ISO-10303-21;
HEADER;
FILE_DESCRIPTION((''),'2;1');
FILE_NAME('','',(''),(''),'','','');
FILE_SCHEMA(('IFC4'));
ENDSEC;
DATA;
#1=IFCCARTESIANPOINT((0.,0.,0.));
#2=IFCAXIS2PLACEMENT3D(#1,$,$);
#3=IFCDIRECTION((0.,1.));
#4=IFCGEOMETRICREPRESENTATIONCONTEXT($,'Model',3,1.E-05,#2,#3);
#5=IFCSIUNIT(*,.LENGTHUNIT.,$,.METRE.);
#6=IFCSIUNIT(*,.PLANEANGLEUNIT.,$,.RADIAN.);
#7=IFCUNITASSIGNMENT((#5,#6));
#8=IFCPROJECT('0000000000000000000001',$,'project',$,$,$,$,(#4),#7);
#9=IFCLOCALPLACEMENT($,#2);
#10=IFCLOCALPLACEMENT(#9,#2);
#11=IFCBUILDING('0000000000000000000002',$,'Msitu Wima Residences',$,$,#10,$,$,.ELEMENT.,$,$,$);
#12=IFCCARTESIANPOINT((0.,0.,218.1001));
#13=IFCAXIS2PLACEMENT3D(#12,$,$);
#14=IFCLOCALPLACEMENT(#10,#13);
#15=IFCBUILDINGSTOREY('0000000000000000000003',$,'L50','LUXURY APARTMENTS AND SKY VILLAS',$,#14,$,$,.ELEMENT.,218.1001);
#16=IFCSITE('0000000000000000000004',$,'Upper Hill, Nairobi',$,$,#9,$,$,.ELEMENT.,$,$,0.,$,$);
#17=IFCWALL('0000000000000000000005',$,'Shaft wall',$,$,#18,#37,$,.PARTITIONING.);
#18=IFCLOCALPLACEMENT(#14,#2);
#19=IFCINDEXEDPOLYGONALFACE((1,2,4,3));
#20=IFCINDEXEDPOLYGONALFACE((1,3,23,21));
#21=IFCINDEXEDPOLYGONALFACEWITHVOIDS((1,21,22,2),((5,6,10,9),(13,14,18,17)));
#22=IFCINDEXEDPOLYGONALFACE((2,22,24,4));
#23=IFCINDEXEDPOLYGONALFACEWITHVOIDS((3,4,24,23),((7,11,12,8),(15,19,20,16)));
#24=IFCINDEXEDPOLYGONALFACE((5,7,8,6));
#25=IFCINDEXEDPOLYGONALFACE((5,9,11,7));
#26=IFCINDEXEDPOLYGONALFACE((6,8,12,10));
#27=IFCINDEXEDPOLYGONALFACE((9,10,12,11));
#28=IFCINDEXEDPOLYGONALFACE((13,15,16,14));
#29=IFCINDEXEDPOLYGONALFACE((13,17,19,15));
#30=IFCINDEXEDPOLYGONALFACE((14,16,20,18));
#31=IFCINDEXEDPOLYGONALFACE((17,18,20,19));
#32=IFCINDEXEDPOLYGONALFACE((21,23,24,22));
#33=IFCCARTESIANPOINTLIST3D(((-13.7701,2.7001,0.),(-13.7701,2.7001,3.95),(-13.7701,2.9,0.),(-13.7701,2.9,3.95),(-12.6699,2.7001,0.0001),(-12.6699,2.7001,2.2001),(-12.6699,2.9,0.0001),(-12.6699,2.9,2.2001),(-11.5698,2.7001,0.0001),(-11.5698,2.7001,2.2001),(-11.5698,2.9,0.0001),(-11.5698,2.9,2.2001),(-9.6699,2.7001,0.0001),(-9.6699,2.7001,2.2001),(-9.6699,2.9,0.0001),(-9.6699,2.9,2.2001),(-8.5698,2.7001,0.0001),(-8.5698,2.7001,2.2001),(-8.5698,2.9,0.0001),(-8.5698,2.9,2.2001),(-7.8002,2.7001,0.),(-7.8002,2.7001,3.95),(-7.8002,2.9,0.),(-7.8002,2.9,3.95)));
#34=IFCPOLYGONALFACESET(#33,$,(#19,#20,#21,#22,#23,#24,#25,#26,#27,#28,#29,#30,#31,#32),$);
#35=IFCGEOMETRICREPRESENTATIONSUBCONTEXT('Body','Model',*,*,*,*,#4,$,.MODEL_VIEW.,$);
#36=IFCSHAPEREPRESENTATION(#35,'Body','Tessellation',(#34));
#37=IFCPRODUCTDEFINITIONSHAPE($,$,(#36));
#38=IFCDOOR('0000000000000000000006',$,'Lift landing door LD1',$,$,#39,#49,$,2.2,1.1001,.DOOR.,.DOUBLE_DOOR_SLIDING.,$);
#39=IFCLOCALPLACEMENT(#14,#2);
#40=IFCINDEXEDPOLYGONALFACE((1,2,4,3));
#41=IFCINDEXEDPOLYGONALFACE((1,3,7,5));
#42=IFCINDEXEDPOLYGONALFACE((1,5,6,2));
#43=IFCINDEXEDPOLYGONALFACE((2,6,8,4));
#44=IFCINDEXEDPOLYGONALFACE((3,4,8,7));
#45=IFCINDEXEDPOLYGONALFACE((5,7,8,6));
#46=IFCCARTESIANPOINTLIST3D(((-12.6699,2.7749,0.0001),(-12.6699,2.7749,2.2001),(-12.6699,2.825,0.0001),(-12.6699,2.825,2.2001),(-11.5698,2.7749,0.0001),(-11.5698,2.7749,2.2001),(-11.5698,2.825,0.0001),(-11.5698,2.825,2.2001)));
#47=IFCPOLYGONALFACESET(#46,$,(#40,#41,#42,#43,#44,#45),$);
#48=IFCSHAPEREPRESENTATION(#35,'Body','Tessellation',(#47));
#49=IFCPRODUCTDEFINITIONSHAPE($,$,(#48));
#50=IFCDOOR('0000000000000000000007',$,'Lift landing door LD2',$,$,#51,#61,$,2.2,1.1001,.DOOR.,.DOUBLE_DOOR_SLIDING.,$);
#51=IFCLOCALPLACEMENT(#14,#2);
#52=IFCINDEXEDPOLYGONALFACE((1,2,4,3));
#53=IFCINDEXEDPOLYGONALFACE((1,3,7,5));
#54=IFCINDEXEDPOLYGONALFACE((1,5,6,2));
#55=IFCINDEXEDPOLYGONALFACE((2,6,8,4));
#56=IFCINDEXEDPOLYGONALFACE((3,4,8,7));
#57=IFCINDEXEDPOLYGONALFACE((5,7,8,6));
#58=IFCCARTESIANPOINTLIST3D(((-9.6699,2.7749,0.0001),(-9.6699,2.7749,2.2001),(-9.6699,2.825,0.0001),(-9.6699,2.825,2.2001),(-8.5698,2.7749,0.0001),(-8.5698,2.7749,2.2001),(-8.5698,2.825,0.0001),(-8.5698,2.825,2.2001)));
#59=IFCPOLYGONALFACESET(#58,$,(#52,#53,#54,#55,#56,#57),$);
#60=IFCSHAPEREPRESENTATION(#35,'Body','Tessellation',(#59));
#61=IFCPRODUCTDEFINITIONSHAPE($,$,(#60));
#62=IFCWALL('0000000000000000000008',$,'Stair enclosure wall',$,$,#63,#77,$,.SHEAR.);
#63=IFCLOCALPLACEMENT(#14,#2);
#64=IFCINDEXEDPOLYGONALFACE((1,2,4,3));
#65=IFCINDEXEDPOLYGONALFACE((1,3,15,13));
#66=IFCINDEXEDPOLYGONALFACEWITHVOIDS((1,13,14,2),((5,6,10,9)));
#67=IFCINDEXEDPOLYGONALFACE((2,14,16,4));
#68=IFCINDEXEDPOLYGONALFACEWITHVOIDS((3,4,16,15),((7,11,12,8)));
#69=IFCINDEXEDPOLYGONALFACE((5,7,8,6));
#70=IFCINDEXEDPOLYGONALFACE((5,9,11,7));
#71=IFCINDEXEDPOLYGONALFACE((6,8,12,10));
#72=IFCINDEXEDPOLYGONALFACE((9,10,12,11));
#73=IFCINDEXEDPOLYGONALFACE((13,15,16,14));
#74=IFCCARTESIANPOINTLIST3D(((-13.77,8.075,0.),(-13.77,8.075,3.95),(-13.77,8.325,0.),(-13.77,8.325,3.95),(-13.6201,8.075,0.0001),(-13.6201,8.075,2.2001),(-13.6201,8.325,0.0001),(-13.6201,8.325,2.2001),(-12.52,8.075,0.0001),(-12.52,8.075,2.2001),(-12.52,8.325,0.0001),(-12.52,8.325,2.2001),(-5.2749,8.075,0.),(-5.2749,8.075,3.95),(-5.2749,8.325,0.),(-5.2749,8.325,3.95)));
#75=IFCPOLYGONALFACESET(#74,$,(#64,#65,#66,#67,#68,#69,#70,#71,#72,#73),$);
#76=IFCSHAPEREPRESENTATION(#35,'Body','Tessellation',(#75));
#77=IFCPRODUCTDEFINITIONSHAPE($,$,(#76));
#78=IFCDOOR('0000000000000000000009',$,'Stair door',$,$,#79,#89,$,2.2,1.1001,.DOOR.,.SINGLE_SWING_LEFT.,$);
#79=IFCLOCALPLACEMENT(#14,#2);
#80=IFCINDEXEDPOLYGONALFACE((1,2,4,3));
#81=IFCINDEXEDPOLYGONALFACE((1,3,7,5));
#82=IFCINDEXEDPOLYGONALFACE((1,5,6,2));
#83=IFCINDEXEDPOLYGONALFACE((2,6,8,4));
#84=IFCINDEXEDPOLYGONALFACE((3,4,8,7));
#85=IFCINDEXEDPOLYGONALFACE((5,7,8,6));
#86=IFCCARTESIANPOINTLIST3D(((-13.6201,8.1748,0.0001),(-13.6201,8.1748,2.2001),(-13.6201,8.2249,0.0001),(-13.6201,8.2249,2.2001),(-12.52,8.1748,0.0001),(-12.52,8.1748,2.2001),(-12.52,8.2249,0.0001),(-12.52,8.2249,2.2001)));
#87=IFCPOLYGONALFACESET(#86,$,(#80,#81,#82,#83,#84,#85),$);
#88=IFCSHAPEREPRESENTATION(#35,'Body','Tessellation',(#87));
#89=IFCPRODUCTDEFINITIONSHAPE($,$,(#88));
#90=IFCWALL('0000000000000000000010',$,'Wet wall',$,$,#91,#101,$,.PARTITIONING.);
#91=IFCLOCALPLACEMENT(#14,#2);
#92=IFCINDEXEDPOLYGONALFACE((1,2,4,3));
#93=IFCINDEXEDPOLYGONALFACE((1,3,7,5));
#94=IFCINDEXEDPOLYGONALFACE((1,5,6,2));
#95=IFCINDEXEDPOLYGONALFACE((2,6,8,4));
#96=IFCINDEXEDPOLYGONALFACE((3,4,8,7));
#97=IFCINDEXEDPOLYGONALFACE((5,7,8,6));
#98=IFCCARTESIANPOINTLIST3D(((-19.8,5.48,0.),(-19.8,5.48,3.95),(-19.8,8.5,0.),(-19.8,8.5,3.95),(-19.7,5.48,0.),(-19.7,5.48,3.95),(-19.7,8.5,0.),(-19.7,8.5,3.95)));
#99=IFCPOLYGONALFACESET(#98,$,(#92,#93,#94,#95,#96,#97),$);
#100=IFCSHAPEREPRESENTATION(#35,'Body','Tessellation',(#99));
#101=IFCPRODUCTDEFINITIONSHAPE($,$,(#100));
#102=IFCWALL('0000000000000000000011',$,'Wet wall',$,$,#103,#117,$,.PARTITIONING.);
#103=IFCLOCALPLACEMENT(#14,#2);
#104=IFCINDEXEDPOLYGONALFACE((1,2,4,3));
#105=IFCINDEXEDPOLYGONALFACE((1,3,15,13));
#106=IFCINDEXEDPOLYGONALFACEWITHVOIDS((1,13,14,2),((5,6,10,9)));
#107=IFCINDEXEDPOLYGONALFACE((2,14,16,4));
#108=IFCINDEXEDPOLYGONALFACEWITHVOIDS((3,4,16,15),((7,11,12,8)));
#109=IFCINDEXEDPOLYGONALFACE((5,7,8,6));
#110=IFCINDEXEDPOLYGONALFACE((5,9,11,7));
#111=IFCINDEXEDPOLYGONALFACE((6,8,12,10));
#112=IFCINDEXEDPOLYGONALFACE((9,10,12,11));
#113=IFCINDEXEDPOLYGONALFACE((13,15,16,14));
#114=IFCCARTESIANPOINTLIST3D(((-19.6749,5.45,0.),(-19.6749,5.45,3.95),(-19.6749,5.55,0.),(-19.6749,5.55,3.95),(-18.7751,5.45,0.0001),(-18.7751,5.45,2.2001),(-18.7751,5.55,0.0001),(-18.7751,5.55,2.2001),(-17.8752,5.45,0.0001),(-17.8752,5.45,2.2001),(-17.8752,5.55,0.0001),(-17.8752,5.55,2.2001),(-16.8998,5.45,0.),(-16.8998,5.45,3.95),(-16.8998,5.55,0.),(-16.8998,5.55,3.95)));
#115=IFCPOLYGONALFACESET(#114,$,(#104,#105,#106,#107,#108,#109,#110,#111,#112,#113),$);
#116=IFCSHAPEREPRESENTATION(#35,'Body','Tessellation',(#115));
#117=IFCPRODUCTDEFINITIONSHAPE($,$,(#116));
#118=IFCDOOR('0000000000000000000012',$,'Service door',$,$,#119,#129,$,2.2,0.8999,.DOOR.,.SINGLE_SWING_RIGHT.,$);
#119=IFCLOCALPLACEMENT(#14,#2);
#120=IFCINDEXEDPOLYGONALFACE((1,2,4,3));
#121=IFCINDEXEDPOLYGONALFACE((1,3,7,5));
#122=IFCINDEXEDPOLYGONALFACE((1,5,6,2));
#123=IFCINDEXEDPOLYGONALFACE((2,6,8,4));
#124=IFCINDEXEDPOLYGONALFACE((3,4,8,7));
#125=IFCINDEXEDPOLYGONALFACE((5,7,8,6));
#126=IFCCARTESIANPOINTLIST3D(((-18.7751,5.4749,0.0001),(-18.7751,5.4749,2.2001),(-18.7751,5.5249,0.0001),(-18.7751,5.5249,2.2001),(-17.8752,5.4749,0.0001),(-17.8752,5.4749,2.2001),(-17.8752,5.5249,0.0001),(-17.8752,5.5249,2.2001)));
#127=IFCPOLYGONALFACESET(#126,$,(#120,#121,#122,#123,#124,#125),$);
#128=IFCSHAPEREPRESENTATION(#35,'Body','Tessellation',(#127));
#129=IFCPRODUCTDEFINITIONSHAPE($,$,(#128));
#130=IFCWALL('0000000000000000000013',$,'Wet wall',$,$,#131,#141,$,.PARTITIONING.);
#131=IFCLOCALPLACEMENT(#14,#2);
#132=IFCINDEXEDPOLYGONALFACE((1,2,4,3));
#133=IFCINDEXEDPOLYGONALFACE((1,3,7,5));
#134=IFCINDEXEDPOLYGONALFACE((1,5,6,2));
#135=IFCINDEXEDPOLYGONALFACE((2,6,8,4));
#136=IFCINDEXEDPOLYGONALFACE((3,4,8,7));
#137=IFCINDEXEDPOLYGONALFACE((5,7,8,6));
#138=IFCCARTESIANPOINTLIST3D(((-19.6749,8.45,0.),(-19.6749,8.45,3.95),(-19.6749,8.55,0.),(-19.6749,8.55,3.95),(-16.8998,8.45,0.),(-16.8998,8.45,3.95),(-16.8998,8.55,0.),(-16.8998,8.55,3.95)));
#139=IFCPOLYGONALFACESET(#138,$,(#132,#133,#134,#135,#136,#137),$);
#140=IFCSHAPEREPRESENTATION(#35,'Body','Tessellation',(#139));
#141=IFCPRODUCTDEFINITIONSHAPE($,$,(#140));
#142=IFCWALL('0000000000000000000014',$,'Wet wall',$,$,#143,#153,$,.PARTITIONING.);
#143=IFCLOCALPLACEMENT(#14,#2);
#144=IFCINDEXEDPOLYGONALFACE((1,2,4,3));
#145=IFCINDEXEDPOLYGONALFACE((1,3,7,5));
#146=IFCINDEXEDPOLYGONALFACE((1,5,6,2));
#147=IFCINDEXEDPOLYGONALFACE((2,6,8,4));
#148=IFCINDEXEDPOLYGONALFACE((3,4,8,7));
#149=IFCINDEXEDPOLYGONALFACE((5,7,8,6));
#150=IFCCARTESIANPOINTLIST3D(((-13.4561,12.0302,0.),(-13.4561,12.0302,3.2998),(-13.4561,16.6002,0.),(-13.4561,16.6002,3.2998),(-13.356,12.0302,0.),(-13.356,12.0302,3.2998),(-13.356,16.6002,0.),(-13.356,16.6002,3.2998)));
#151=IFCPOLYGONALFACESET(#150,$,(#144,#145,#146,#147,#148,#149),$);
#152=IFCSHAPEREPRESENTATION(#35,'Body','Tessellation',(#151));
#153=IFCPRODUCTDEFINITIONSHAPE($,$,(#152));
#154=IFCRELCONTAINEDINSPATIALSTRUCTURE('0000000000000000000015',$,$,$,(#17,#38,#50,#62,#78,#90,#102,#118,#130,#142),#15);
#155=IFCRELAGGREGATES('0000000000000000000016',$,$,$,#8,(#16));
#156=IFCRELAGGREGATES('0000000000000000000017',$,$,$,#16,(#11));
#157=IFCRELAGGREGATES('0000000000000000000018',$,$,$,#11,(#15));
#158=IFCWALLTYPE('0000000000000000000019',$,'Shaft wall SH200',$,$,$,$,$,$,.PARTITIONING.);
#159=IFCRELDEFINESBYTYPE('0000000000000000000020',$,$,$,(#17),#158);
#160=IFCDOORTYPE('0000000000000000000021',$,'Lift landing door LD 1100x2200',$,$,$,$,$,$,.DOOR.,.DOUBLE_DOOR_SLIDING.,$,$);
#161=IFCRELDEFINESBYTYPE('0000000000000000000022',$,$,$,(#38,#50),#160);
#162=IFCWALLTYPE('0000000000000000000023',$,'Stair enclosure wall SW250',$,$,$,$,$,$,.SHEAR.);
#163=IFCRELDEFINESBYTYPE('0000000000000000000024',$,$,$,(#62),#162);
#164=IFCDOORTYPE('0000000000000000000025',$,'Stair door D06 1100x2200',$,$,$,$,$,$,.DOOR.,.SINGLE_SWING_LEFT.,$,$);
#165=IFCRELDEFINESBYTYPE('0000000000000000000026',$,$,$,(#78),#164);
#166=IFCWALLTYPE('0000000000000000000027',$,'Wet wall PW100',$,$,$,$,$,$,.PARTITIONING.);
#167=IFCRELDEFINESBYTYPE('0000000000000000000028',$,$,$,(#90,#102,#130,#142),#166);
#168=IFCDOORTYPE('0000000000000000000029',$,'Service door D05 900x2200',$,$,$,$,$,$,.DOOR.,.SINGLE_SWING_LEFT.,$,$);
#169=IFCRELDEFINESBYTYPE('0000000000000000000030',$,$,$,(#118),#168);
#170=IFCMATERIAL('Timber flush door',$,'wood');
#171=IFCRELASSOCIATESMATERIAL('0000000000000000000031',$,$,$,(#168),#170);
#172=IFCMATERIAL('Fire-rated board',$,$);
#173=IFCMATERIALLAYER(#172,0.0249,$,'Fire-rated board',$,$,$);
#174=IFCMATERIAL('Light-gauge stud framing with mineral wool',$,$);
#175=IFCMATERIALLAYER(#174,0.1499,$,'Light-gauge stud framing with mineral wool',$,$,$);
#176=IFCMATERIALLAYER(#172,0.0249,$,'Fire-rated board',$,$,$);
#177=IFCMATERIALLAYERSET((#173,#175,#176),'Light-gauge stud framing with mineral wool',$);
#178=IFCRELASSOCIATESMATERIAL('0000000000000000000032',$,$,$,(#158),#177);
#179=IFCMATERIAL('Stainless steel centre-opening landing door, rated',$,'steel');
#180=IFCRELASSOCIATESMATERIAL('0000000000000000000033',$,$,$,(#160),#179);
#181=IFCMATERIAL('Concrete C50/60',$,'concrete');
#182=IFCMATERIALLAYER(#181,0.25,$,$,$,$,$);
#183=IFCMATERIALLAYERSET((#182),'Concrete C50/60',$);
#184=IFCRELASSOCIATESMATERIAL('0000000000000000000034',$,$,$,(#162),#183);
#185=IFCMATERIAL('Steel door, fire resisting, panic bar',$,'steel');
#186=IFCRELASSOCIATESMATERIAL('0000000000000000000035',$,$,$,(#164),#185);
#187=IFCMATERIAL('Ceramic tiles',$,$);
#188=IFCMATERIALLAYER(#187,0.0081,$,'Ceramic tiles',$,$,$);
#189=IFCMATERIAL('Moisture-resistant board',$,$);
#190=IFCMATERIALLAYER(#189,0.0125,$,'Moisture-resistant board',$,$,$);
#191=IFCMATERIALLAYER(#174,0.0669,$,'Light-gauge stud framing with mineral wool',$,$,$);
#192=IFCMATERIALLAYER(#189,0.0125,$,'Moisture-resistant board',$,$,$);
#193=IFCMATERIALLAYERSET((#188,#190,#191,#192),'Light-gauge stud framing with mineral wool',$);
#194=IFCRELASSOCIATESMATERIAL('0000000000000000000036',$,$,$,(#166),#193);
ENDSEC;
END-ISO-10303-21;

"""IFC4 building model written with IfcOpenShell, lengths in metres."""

from ifc_helpers import new_model, si_unit, direction, frame, frame_2d, origin, place, context, subcontext, project, spatial, rectangle, extrude, material, layer, layer_set, type_object, element, fill, save


model = new_model("IFC4")

# Units and contexts
model_context = context("Model", 3, precision=1e-05, world=origin(), true_north=direction((0.0, 1.0)))
body_context = subcontext(model_context, "Body", "Model", "MODEL_VIEW")
ifc_project = project(units=[si_unit("LENGTHUNIT", "METRE"), si_unit("PLANEANGLEUNIT", "RADIAN")], contexts=[model_context])

# Site, building, storey
site_placement = place(None, origin())
site = spatial("IfcSite", under=ifc_project, at=site_placement, Name="Upper Hill, Nairobi", CompositionType="ELEMENT", RefElevation=0.0)
building_placement = place(site_placement, origin())
building = spatial("IfcBuilding", under=site, at=building_placement, Name="Msitu Wima Residences", CompositionType="ELEMENT")
storey_placement = place(building_placement, frame((0.0, 0.0, 218.1001)))
storey = spatial("IfcBuildingStorey", under=building, at=storey_placement, Name="L50", Description="LUXURY APARTMENTS AND SKY VILLAS", CompositionType="ELEMENT", Elevation=218.1001)

# Shared definitions
ifc_material_1 = material(Name="Concrete C50/60", Category="concrete")

# Shared definitions
ifc_material_2 = material(Name="Timber flush door", Category="wood")
door_type_1 = type_object("IfcDoorType", Name="Service door D05 900x2200", OperationType="SINGLE_SWING_LEFT", PredefinedType="DOOR", material=ifc_material_2)

# Wall, openings, doors
ifc_material_3 = material(Name="Fire-rated board")
ifc_layer_1 = layer(ifc_material_3, 0.0249, Name="Fire-rated board")
ifc_material_4 = material(Name="Light-gauge stud framing with mineral wool")
ifc_layer_2 = layer(ifc_material_4, 0.1499, Name="Light-gauge stud framing with mineral wool")
ifc_layer_3 = layer(ifc_material_3, 0.0249, Name="Fire-rated board")
ifc_layer_set_1 = layer_set([ifc_layer_1, ifc_layer_2, ifc_layer_3], Name="Light-gauge stud framing with mineral wool")
wall_type_1 = type_object("IfcWallType", Name="Shaft wall SH200", PredefinedType="PARTITIONING", material=ifc_layer_set_1)
wall_1_placement = place(storey_placement, frame((-13.77, 2.8, 0.0), z_axis=(0.0, 0.0, 1.0), x_axis=(1.0, 0.0, 0.0)))
wall_1 = element("IfcWall", 1, at=wall_1_placement, inside=storey, type_object=wall_type_1, Name="Shaft wall", PredefinedType="PARTITIONING", context=body_context, shape_type="SweptSolid", body=[
    extrude(rectangle(XDim=5.97, YDim=0.2, at=frame_2d((2.9849, 0.0))), origin(), (0.0, 0.0, 1.0), 3.95),
])
opening_1_placement = place(wall_1_placement, frame((1.1001, 0.0, 0.0)))
opening_1 = element("IfcOpeningElement", 2, at=opening_1_placement, cuts=wall_1, PredefinedType="OPENING", context=body_context, shape_type="SweptSolid", body=[
    extrude(rectangle(XDim=1.1001, YDim=2.2, at=frame_2d((0.55, 1.1001))), frame((0.0, 0.1099, 0.0), z_axis=(0.0, -1.0, 0.0), x_axis=(1.0, 0.0, 0.0)), (0.0, 0.0, 1.0), 0.22),
])
opening_2_placement = place(wall_1_placement, frame((4.1001, 0.0, 0.0)))
opening_2 = element("IfcOpeningElement", 3, at=opening_2_placement, cuts=wall_1, PredefinedType="OPENING", context=body_context, shape_type="SweptSolid", body=[
    extrude(rectangle(XDim=1.1001, YDim=2.2, at=frame_2d((0.55, 1.1001))), frame((0.0, 0.1099, 0.0), z_axis=(0.0, -1.0, 0.0), x_axis=(1.0, 0.0, 0.0)), (0.0, 0.0, 1.0), 0.22),
])
ifc_material_5 = material(Name="Stainless steel centre-opening landing door, rated", Category="steel")
door_type_2 = type_object("IfcDoorType", Name="Lift landing door LD 1100x2200", OperationType="DOUBLE_DOOR_SLIDING", PredefinedType="DOOR", material=ifc_material_5)
door_1_placement = place(opening_1_placement, origin())
door_1 = element("IfcDoor", 4, at=door_1_placement, inside=storey, type_object=door_type_2, Name="Lift landing door LD1", OperationType="DOUBLE_DOOR_SLIDING", OverallHeight=2.2, OverallWidth=1.1001, PredefinedType="DOOR", context=body_context, shape_type="SweptSolid", body=[
    extrude(rectangle(XDim=1.1001, YDim=2.2, at=frame_2d((0.55, 1.1001))), frame((0.0, 0.0249, 0.0), z_axis=(0.0, -1.0, 0.0), x_axis=(1.0, 0.0, 0.0)), (0.0, 0.0, 1.0), 0.05),
])
fill(opening_1, door_1)
door_2_placement = place(opening_2_placement, origin())
door_2 = element("IfcDoor", 5, at=door_2_placement, inside=storey, type_object=door_type_2, Name="Lift landing door LD2", OperationType="DOUBLE_DOOR_SLIDING", OverallHeight=2.2, OverallWidth=1.1001, PredefinedType="DOOR", context=body_context, shape_type="SweptSolid", body=[
    extrude(rectangle(XDim=1.1001, YDim=2.2, at=frame_2d((0.55, 1.1001))), frame((0.0, 0.0249, 0.0), z_axis=(0.0, -1.0, 0.0), x_axis=(1.0, 0.0, 0.0)), (0.0, 0.0, 1.0), 0.05),
])
fill(opening_2, door_2)

# Wall, opening, door
ifc_layer_4 = layer(ifc_material_1, 0.25)
ifc_layer_set_2 = layer_set([ifc_layer_4], Name="Concrete C50/60")
wall_type_2 = type_object("IfcWallType", Name="Stair enclosure wall SW250", PredefinedType="SHEAR", material=ifc_layer_set_2)
wall_2_placement = place(storey_placement, frame((-13.77, 8.2, 0.0), z_axis=(0.0, 0.0, 1.0), x_axis=(1.0, 0.0, 0.0)))
wall_2 = element("IfcWall", 6, at=wall_2_placement, inside=storey, type_object=wall_type_2, Name="Stair enclosure wall", PredefinedType="SHEAR", context=body_context, shape_type="SweptSolid", body=[
    extrude(rectangle(XDim=8.4951, YDim=0.25, at=frame_2d((4.2476, 0.0))), origin(), (0.0, 0.0, 1.0), 3.95),
])
opening_3_placement = place(wall_2_placement, frame((0.1499, 0.0, 0.0)))
opening_3 = element("IfcOpeningElement", 7, at=opening_3_placement, cuts=wall_2, PredefinedType="OPENING", context=body_context, shape_type="SweptSolid", body=[
    extrude(rectangle(XDim=1.1001, YDim=2.2, at=frame_2d((0.55, 1.1001))), frame((0.0, 0.135, 0.0), z_axis=(0.0, -1.0, 0.0), x_axis=(1.0, 0.0, 0.0)), (0.0, 0.0, 1.0), 0.27),
])
ifc_material_6 = material(Name="Steel door, fire resisting, panic bar", Category="steel")
door_type_3 = type_object("IfcDoorType", Name="Stair door D06 1100x2200", OperationType="SINGLE_SWING_LEFT", PredefinedType="DOOR", material=ifc_material_6)
door_3_placement = place(opening_3_placement, origin())
door_3 = element("IfcDoor", 8, at=door_3_placement, inside=storey, type_object=door_type_3, Name="Stair door", OperationType="SINGLE_SWING_LEFT", OverallHeight=2.2, OverallWidth=1.1001, PredefinedType="DOOR", context=body_context, shape_type="SweptSolid", body=[
    extrude(rectangle(XDim=1.1001, YDim=2.2, at=frame_2d((0.55, 1.1001))), frame((0.0, 0.0249, 0.0), z_axis=(0.0, -1.0, 0.0), x_axis=(1.0, 0.0, 0.0)), (0.0, 0.0, 1.0), 0.05),
])
fill(opening_3, door_3)

# Wall
ifc_material_7 = material(Name="Ceramic tiles")
ifc_layer_5 = layer(ifc_material_7, 0.0081, Name="Ceramic tiles")
ifc_material_8 = material(Name="Moisture-resistant board")
ifc_layer_6 = layer(ifc_material_8, 0.0125, Name="Moisture-resistant board")
ifc_layer_7 = layer(ifc_material_4, 0.0669, Name="Light-gauge stud framing with mineral wool")
ifc_layer_8 = layer(ifc_material_8, 0.0125, Name="Moisture-resistant board")
ifc_layer_set_3 = layer_set([ifc_layer_5, ifc_layer_6, ifc_layer_7, ifc_layer_8], Name="Light-gauge stud framing with mineral wool")
wall_type_3 = type_object("IfcWallType", Name="Wet wall PW100", PredefinedType="PARTITIONING", material=ifc_layer_set_3)
wall_3_placement = place(storey_placement, frame((-19.75, 5.48, 0.0), z_axis=(0.0, 0.0, 1.0), x_axis=(0.0, 1.0, 0.0)))
element("IfcWall", 9, at=wall_3_placement, inside=storey, type_object=wall_type_3, Name="Wet wall", PredefinedType="PARTITIONING", context=body_context, shape_type="SweptSolid", body=[
    extrude(rectangle(XDim=3.02, YDim=0.1001, at=frame_2d((1.51, 0.0))), origin(), (0.0, 0.0, 1.0), 3.95),
])

# Wall, opening, door
wall_4_placement = place(storey_placement, frame((-19.675, 5.5, 0.0), z_axis=(0.0, 0.0, 1.0), x_axis=(1.0, 0.0, 0.0)))
wall_4 = element("IfcWall", 10, at=wall_4_placement, inside=storey, type_object=wall_type_3, Name="Wet wall", PredefinedType="PARTITIONING", context=body_context, shape_type="SweptSolid", body=[
    extrude(rectangle(XDim=2.7751, YDim=0.1001, at=frame_2d((1.3877, 0.0))), origin(), (0.0, 0.0, 1.0), 3.95),
])
opening_4_placement = place(wall_4_placement, frame((0.8999, 0.0, 0.0)))
opening_4 = element("IfcOpeningElement", 11, at=opening_4_placement, cuts=wall_4, PredefinedType="OPENING", context=body_context, shape_type="SweptSolid", body=[
    extrude(rectangle(XDim=0.8999, YDim=2.2, at=frame_2d((0.45, 1.1001))), frame((0.0, 0.0601, 0.0), z_axis=(0.0, -1.0, 0.0), x_axis=(1.0, 0.0, 0.0)), (0.0, 0.0, 1.0), 0.1201),
])
door_4_placement = place(opening_4_placement, origin())
door_4 = element("IfcDoor", 12, at=door_4_placement, inside=storey, type_object=door_type_1, Name="Service door", OperationType="SINGLE_SWING_RIGHT", OverallHeight=2.2, OverallWidth=0.8999, PredefinedType="DOOR", context=body_context, shape_type="SweptSolid", body=[
    extrude(rectangle(XDim=0.8999, YDim=2.2, at=frame_2d((0.45, 1.1001))), frame((0.0, 0.0249, 0.0), z_axis=(0.0, -1.0, 0.0), x_axis=(1.0, 0.0, 0.0)), (0.0, 0.0, 1.0), 0.05),
])
fill(opening_4, door_4)

# Walls
wall_5_placement = place(storey_placement, frame((-19.675, 8.5, 0.0), z_axis=(0.0, 0.0, 1.0), x_axis=(1.0, 0.0, 0.0)))
element("IfcWall", 13, at=wall_5_placement, inside=storey, type_object=wall_type_3, Name="Wet wall", PredefinedType="PARTITIONING", context=body_context, shape_type="SweptSolid", body=[
    extrude(rectangle(XDim=2.7751, YDim=0.1001, at=frame_2d((1.3877, 0.0))), origin(), (0.0, 0.0, 1.0), 3.95),
])
wall_6_placement = place(storey_placement, frame((-13.406, 12.03, 0.0), z_axis=(0.0, 0.0, 1.0), x_axis=(0.0, 1.0, 0.0)))
element("IfcWall", 14, at=wall_6_placement, inside=storey, type_object=wall_type_3, Name="Wet wall", PredefinedType="PARTITIONING", context=body_context, shape_type="SweptSolid", body=[
    extrude(rectangle(XDim=4.5701, YDim=0.1001, at=frame_2d((2.2852, 0.0))), origin(), (0.0, 0.0, 1.0), 3.2998),
])

save(model, "model.ifc")
